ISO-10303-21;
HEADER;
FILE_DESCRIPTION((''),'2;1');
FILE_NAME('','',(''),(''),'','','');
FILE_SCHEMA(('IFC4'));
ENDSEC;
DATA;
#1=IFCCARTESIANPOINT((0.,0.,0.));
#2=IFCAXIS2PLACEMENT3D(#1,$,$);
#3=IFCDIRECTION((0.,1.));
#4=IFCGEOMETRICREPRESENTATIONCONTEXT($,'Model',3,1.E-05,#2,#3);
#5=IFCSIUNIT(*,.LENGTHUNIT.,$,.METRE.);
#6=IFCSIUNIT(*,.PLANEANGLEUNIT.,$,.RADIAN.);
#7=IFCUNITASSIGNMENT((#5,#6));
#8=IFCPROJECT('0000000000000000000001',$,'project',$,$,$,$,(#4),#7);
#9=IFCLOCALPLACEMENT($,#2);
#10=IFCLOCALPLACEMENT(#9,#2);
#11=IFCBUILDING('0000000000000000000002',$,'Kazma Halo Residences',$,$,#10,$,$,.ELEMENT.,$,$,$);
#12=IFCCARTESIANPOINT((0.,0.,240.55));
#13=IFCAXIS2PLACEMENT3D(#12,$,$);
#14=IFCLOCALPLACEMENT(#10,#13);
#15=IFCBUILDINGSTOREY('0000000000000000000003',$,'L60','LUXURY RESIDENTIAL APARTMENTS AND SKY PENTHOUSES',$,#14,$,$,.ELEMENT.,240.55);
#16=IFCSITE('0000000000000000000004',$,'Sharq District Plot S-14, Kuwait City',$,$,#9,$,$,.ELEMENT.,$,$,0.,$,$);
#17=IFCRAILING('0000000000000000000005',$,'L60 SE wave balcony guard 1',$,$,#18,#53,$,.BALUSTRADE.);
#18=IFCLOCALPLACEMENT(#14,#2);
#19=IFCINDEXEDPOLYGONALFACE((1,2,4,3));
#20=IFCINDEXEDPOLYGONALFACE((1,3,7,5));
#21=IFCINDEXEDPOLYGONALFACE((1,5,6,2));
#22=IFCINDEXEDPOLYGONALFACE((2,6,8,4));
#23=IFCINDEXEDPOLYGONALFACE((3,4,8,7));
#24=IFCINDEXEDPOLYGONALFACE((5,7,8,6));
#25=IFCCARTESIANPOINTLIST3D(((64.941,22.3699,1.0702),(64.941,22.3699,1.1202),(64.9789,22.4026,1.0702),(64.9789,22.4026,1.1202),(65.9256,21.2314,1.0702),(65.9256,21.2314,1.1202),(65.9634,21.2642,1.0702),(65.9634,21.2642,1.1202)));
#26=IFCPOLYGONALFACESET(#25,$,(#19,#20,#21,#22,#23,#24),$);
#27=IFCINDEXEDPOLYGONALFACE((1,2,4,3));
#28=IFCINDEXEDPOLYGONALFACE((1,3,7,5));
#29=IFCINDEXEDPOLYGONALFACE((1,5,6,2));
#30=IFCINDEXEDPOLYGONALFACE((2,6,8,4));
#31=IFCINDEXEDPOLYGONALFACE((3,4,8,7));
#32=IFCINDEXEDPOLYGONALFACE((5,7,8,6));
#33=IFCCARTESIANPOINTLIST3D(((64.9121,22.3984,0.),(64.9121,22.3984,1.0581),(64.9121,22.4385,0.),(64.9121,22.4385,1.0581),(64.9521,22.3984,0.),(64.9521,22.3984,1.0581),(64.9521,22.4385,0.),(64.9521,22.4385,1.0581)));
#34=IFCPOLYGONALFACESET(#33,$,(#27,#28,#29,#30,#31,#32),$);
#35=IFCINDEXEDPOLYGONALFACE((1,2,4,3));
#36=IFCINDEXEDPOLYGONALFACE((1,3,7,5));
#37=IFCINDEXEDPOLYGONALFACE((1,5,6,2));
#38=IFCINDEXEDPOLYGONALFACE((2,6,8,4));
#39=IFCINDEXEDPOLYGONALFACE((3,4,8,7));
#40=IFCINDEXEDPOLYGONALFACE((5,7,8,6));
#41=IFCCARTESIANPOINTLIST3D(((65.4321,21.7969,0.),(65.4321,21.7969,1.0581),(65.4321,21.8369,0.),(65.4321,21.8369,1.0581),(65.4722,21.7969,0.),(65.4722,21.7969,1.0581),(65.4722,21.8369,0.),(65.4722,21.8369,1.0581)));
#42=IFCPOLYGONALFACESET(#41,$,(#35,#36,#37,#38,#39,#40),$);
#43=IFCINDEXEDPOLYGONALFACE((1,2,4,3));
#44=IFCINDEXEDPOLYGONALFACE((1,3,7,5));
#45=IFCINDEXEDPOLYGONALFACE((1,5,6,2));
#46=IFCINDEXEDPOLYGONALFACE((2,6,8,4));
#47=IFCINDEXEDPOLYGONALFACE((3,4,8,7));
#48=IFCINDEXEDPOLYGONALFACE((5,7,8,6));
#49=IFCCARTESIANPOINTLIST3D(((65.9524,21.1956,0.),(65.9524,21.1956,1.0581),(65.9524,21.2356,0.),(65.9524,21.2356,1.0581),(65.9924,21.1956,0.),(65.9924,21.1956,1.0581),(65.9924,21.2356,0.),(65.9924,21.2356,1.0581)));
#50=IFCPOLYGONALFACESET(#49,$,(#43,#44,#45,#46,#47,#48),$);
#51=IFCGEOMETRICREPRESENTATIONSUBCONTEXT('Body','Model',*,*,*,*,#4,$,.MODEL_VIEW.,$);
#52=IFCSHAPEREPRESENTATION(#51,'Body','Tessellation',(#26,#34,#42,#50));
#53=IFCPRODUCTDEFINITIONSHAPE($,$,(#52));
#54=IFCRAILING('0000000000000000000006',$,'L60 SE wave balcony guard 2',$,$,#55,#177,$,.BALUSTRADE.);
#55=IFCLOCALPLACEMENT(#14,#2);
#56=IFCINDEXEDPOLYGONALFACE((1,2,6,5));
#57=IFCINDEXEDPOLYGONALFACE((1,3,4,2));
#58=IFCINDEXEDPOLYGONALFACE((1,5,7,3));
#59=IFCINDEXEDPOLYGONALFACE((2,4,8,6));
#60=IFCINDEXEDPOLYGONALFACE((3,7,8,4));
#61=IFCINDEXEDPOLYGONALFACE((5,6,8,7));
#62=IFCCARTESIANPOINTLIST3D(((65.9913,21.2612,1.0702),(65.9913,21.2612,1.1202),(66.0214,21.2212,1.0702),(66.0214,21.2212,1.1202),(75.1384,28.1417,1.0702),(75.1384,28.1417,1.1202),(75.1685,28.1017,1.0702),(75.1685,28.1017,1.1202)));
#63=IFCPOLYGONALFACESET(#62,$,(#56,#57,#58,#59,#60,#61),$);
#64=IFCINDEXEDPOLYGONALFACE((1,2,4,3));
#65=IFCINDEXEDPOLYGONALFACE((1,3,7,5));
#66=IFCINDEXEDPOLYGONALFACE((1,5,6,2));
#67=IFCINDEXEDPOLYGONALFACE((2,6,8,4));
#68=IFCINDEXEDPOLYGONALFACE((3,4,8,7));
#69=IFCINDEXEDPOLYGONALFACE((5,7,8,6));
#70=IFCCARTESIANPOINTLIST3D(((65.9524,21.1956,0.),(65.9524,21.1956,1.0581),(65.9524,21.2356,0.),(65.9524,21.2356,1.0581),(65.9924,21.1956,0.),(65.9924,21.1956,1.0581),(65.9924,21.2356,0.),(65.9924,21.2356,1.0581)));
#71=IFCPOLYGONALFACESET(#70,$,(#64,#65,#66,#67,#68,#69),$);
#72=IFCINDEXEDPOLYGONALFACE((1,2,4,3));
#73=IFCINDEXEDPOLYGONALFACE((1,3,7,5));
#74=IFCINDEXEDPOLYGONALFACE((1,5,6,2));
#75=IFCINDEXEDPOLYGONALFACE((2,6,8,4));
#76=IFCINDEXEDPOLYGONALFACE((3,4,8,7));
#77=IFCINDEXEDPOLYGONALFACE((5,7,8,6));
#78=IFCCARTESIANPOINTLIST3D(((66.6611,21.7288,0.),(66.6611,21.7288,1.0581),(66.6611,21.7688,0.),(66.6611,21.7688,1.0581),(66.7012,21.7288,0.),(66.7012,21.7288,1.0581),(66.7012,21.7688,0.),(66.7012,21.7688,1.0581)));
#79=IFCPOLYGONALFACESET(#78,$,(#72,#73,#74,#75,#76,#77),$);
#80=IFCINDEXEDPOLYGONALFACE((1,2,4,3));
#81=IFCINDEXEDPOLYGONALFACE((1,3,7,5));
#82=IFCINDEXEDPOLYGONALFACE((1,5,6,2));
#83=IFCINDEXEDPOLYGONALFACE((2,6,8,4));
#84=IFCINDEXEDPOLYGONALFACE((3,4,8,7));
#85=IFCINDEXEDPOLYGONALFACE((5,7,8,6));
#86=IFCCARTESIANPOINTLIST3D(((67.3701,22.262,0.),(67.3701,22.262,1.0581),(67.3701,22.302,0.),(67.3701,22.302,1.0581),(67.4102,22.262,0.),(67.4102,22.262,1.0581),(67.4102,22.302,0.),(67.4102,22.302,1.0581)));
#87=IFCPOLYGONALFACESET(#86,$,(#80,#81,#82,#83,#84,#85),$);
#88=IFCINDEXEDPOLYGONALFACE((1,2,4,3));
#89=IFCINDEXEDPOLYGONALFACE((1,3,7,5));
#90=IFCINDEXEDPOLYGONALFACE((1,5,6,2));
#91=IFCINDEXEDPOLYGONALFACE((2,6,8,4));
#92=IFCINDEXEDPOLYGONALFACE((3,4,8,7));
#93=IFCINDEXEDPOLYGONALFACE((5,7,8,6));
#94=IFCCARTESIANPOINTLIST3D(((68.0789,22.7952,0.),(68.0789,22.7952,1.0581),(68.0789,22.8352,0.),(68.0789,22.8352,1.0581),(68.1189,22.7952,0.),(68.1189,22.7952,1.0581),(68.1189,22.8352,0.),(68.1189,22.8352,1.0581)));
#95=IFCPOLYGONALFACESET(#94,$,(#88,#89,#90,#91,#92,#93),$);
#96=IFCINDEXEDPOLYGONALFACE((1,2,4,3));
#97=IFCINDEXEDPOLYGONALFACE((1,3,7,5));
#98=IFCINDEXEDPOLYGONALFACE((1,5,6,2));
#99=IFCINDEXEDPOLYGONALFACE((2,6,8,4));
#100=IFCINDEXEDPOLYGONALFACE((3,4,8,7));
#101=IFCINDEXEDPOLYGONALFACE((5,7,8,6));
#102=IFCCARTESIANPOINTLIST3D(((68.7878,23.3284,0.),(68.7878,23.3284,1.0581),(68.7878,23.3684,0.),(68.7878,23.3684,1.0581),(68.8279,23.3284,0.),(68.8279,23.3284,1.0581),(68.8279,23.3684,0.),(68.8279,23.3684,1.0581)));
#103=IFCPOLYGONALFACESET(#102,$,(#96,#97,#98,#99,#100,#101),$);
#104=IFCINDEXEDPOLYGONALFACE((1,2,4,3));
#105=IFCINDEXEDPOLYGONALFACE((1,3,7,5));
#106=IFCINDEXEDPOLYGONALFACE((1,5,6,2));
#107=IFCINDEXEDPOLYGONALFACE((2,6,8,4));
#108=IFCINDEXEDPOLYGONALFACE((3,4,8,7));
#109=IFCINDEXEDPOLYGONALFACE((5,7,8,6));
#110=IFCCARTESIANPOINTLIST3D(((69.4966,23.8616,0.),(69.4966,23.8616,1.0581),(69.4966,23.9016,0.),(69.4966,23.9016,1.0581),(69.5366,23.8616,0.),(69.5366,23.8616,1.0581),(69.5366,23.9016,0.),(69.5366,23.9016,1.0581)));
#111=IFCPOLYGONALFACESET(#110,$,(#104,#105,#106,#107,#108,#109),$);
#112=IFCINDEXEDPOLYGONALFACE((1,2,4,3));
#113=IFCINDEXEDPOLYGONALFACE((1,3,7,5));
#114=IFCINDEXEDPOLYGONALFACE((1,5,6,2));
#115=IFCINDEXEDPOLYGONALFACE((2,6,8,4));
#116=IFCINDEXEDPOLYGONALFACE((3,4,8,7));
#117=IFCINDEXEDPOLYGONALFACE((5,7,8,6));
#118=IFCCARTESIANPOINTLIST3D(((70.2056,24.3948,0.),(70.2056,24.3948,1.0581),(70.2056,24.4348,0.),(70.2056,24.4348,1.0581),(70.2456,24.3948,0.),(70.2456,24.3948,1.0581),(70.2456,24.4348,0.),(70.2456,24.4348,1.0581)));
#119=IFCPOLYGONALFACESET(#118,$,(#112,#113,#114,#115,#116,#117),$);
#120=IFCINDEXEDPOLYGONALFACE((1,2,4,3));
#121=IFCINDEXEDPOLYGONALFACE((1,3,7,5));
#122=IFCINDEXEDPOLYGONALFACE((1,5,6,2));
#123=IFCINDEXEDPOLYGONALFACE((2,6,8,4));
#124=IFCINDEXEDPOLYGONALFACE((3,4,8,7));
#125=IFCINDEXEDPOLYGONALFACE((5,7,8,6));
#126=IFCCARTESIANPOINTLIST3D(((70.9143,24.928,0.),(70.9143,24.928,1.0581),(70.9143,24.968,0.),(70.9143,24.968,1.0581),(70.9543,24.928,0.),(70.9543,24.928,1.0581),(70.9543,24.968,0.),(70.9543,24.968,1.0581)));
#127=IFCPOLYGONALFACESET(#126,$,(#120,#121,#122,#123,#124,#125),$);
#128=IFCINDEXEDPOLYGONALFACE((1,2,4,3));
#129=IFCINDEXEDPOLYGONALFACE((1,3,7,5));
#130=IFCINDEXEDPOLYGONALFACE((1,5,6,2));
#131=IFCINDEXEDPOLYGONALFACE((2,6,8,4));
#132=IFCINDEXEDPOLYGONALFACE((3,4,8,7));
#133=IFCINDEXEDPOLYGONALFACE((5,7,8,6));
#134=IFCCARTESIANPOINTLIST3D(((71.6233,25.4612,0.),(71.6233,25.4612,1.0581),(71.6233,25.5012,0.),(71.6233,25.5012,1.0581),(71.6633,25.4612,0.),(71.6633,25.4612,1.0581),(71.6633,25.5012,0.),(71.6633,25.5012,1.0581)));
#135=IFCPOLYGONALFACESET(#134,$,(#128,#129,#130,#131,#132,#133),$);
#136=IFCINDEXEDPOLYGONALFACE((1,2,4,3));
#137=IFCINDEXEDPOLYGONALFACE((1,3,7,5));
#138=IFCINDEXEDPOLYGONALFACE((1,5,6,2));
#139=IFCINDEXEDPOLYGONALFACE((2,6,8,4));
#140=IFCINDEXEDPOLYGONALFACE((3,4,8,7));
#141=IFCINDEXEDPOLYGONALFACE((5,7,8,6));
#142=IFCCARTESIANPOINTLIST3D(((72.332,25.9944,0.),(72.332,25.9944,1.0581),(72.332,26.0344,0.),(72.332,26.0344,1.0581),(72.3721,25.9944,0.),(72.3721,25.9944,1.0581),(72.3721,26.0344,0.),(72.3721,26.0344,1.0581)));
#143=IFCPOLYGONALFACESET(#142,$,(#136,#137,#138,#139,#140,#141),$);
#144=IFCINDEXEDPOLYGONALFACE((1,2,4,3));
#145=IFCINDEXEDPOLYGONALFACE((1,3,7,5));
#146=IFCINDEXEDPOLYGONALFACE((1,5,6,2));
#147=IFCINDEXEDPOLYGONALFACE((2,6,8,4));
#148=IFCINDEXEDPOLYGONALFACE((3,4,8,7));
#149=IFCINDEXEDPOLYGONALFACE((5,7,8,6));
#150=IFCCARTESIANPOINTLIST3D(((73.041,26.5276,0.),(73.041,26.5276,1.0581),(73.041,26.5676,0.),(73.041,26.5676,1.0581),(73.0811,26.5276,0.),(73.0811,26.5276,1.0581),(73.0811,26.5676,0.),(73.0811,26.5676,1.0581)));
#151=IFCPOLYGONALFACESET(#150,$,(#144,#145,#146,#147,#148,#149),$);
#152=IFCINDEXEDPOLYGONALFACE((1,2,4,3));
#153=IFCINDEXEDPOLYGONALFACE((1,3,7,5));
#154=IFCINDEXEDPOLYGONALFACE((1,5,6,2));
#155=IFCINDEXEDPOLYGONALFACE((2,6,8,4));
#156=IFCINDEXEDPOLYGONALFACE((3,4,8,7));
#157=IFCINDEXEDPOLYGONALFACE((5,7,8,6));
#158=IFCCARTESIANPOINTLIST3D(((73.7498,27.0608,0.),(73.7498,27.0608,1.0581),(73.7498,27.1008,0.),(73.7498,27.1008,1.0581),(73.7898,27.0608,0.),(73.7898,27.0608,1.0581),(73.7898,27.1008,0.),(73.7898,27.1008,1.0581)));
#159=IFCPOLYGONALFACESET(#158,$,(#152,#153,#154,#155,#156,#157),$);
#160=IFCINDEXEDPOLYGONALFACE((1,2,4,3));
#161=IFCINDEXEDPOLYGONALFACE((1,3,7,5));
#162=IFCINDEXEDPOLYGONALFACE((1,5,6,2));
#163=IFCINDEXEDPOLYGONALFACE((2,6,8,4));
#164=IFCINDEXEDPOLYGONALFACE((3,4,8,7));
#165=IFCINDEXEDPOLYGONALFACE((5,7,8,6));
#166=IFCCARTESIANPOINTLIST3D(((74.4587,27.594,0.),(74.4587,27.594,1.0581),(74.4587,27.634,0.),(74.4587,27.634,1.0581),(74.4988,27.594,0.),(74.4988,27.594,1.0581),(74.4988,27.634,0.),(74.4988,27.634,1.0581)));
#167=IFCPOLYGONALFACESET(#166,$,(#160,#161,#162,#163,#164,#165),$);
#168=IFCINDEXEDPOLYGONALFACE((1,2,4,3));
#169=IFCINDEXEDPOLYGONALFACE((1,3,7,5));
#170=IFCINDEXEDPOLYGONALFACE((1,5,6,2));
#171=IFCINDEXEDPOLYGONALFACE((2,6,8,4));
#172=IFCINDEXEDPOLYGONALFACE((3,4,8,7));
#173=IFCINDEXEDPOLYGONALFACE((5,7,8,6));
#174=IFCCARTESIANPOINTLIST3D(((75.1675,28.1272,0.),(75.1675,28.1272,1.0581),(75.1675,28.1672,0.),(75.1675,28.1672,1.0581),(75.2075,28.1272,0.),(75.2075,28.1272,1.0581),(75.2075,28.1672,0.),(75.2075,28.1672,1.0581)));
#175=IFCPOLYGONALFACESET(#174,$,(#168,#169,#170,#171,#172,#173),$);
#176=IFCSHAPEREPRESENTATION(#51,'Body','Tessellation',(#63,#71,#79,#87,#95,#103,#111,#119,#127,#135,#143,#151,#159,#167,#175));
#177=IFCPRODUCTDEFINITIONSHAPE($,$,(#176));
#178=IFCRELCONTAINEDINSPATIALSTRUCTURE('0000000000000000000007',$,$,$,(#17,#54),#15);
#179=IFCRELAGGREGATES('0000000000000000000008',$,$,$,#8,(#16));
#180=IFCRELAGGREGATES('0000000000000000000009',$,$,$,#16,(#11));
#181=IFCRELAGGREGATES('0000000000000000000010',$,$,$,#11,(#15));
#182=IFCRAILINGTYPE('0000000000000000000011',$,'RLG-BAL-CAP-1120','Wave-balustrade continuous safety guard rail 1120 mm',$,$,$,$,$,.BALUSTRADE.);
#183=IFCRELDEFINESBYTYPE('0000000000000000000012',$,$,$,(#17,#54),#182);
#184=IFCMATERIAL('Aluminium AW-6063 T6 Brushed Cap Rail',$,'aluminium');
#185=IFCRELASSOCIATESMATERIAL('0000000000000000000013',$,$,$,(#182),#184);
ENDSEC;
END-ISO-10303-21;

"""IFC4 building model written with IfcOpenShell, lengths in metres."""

from ifc_helpers import new_model, si_unit, direction, frame, origin, origin_2d, place, context, subcontext, project, spatial, rectangle, extrude, material, type_object, element, save


model = new_model("IFC4")

# Units and contexts
model_context = context("Model", 3, precision=1e-05, world=origin(), true_north=direction((0.0, 1.0)))
body_context = subcontext(model_context, "Body", "Model", "MODEL_VIEW")
ifc_project = project(units=[si_unit("LENGTHUNIT", "METRE"), si_unit("PLANEANGLEUNIT", "RADIAN")], contexts=[model_context])

# Site, building, storey
site_placement = place(None, origin())
site = spatial("IfcSite", under=ifc_project, at=site_placement, Name="Sharq District Plot S-14, Kuwait City", CompositionType="ELEMENT", RefElevation=0.0)
building_placement = place(site_placement, origin())
building = spatial("IfcBuilding", under=site, at=building_placement, Name="Kazma Halo Residences", CompositionType="ELEMENT")
storey_placement = place(building_placement, frame((0.0, 0.0, 240.55)))
storey = spatial("IfcBuildingStorey", under=building, at=storey_placement, Name="L60", Description="LUXURY RESIDENTIAL APARTMENTS AND SKY PENTHOUSES", CompositionType="ELEMENT", Elevation=240.55)

# Railings
ifc_material_1 = material(Name="Aluminium AW-6063 T6 Brushed Cap Rail", Category="aluminium")
railing_type = type_object("IfcRailingType", Name="RLG-BAL-CAP-1120", Description="Wave-balustrade continuous safety guard rail 1120 mm", PredefinedType="BALUSTRADE", material=ifc_material_1)
railing_1_placement = place(storey_placement, frame((64.9321, 22.4185, 0.0)))
element("IfcRailing", 1, at=railing_1_placement, inside=storey, type_object=railing_type, Name="L60 SE wave balcony guard 1", PredefinedType="BALUSTRADE", context=body_context, shape_type="SweptSolid", body=[
    extrude(rectangle(XDim=0.05, YDim=0.05, at=origin_2d()), frame((0.0278, -0.0322, 1.0952), z_axis=(0.654135, -0.756378, 0.0), x_axis=(0.756378, 0.654135, 0.0)), (0.0, 0.0, 1.0), 1.5051),
    extrude(rectangle(XDim=0.04, YDim=0.04, at=origin_2d()), origin(), (0.0, 0.0, 1.0), 1.0581),
    extrude(rectangle(XDim=0.04, YDim=0.04, at=origin_2d()), frame((0.52, -0.6016, 0.0)), (0.0, 0.0, 1.0), 1.0581),
    extrude(rectangle(XDim=0.04, YDim=0.04, at=origin_2d()), frame((1.0403, -1.2029, 0.0)), (0.0, 0.0, 1.0), 1.0581),
])
railing_2_placement = place(storey_placement, frame((65.9724, 21.2156, 0.0)))
element("IfcRailing", 2, at=railing_2_placement, inside=storey, type_object=railing_type, Name="L60 SE wave balcony guard 2", PredefinedType="BALUSTRADE", context=body_context, shape_type="SweptSolid", body=[
    extrude(rectangle(XDim=0.05, YDim=0.05, at=origin_2d()), frame((0.0339, 0.0256, 1.0952), z_axis=(0.799153, 0.601127, 0.0), x_axis=(-0.601127, 0.799153, 0.0)), (0.0, 0.0, 1.0), 11.446),
    extrude(rectangle(XDim=0.04, YDim=0.04, at=origin_2d()), origin(), (0.0, 0.0, 1.0), 1.0581),
    extrude(rectangle(XDim=0.04, YDim=0.04, at=origin_2d()), frame((0.7087, 0.5332, 0.0)), (0.0, 0.0, 1.0), 1.0581),
    extrude(rectangle(XDim=0.04, YDim=0.04, at=origin_2d()), frame((1.4177, 1.0664, 0.0)), (0.0, 0.0, 1.0), 1.0581),
    extrude(rectangle(XDim=0.04, YDim=0.04, at=origin_2d()), frame((2.1265, 1.5996, 0.0)), (0.0, 0.0, 1.0), 1.0581),
    extrude(rectangle(XDim=0.04, YDim=0.04, at=origin_2d()), frame((2.8354, 2.1328, 0.0)), (0.0, 0.0, 1.0), 1.0581),
    extrude(rectangle(XDim=0.04, YDim=0.04, at=origin_2d()), frame((3.5442, 2.666, 0.0)), (0.0, 0.0, 1.0), 1.0581),
    extrude(rectangle(XDim=0.04, YDim=0.04, at=origin_2d()), frame((4.2532, 3.1992, 0.0)), (0.0, 0.0, 1.0), 1.0581),
    extrude(rectangle(XDim=0.04, YDim=0.04, at=origin_2d()), frame((4.9619, 3.7324, 0.0)), (0.0, 0.0, 1.0), 1.0581),
    extrude(rectangle(XDim=0.04, YDim=0.04, at=origin_2d()), frame((5.6709, 4.2656, 0.0)), (0.0, 0.0, 1.0), 1.0581),
    extrude(rectangle(XDim=0.04, YDim=0.04, at=origin_2d()), frame((6.3796, 4.7988, 0.0)), (0.0, 0.0, 1.0), 1.0581),
    extrude(rectangle(XDim=0.04, YDim=0.04, at=origin_2d()), frame((7.0886, 5.332, 0.0)), (0.0, 0.0, 1.0), 1.0581),
    extrude(rectangle(XDim=0.04, YDim=0.04, at=origin_2d()), frame((7.7974, 5.8652, 0.0)), (0.0, 0.0, 1.0), 1.0581),
    extrude(rectangle(XDim=0.04, YDim=0.04, at=origin_2d()), frame((8.5063, 6.3984, 0.0)), (0.0, 0.0, 1.0), 1.0581),
    extrude(rectangle(XDim=0.04, YDim=0.04, at=origin_2d()), frame((9.2151, 6.9316, 0.0)), (0.0, 0.0, 1.0), 1.0581),
])

save(model, "model.ifc")
